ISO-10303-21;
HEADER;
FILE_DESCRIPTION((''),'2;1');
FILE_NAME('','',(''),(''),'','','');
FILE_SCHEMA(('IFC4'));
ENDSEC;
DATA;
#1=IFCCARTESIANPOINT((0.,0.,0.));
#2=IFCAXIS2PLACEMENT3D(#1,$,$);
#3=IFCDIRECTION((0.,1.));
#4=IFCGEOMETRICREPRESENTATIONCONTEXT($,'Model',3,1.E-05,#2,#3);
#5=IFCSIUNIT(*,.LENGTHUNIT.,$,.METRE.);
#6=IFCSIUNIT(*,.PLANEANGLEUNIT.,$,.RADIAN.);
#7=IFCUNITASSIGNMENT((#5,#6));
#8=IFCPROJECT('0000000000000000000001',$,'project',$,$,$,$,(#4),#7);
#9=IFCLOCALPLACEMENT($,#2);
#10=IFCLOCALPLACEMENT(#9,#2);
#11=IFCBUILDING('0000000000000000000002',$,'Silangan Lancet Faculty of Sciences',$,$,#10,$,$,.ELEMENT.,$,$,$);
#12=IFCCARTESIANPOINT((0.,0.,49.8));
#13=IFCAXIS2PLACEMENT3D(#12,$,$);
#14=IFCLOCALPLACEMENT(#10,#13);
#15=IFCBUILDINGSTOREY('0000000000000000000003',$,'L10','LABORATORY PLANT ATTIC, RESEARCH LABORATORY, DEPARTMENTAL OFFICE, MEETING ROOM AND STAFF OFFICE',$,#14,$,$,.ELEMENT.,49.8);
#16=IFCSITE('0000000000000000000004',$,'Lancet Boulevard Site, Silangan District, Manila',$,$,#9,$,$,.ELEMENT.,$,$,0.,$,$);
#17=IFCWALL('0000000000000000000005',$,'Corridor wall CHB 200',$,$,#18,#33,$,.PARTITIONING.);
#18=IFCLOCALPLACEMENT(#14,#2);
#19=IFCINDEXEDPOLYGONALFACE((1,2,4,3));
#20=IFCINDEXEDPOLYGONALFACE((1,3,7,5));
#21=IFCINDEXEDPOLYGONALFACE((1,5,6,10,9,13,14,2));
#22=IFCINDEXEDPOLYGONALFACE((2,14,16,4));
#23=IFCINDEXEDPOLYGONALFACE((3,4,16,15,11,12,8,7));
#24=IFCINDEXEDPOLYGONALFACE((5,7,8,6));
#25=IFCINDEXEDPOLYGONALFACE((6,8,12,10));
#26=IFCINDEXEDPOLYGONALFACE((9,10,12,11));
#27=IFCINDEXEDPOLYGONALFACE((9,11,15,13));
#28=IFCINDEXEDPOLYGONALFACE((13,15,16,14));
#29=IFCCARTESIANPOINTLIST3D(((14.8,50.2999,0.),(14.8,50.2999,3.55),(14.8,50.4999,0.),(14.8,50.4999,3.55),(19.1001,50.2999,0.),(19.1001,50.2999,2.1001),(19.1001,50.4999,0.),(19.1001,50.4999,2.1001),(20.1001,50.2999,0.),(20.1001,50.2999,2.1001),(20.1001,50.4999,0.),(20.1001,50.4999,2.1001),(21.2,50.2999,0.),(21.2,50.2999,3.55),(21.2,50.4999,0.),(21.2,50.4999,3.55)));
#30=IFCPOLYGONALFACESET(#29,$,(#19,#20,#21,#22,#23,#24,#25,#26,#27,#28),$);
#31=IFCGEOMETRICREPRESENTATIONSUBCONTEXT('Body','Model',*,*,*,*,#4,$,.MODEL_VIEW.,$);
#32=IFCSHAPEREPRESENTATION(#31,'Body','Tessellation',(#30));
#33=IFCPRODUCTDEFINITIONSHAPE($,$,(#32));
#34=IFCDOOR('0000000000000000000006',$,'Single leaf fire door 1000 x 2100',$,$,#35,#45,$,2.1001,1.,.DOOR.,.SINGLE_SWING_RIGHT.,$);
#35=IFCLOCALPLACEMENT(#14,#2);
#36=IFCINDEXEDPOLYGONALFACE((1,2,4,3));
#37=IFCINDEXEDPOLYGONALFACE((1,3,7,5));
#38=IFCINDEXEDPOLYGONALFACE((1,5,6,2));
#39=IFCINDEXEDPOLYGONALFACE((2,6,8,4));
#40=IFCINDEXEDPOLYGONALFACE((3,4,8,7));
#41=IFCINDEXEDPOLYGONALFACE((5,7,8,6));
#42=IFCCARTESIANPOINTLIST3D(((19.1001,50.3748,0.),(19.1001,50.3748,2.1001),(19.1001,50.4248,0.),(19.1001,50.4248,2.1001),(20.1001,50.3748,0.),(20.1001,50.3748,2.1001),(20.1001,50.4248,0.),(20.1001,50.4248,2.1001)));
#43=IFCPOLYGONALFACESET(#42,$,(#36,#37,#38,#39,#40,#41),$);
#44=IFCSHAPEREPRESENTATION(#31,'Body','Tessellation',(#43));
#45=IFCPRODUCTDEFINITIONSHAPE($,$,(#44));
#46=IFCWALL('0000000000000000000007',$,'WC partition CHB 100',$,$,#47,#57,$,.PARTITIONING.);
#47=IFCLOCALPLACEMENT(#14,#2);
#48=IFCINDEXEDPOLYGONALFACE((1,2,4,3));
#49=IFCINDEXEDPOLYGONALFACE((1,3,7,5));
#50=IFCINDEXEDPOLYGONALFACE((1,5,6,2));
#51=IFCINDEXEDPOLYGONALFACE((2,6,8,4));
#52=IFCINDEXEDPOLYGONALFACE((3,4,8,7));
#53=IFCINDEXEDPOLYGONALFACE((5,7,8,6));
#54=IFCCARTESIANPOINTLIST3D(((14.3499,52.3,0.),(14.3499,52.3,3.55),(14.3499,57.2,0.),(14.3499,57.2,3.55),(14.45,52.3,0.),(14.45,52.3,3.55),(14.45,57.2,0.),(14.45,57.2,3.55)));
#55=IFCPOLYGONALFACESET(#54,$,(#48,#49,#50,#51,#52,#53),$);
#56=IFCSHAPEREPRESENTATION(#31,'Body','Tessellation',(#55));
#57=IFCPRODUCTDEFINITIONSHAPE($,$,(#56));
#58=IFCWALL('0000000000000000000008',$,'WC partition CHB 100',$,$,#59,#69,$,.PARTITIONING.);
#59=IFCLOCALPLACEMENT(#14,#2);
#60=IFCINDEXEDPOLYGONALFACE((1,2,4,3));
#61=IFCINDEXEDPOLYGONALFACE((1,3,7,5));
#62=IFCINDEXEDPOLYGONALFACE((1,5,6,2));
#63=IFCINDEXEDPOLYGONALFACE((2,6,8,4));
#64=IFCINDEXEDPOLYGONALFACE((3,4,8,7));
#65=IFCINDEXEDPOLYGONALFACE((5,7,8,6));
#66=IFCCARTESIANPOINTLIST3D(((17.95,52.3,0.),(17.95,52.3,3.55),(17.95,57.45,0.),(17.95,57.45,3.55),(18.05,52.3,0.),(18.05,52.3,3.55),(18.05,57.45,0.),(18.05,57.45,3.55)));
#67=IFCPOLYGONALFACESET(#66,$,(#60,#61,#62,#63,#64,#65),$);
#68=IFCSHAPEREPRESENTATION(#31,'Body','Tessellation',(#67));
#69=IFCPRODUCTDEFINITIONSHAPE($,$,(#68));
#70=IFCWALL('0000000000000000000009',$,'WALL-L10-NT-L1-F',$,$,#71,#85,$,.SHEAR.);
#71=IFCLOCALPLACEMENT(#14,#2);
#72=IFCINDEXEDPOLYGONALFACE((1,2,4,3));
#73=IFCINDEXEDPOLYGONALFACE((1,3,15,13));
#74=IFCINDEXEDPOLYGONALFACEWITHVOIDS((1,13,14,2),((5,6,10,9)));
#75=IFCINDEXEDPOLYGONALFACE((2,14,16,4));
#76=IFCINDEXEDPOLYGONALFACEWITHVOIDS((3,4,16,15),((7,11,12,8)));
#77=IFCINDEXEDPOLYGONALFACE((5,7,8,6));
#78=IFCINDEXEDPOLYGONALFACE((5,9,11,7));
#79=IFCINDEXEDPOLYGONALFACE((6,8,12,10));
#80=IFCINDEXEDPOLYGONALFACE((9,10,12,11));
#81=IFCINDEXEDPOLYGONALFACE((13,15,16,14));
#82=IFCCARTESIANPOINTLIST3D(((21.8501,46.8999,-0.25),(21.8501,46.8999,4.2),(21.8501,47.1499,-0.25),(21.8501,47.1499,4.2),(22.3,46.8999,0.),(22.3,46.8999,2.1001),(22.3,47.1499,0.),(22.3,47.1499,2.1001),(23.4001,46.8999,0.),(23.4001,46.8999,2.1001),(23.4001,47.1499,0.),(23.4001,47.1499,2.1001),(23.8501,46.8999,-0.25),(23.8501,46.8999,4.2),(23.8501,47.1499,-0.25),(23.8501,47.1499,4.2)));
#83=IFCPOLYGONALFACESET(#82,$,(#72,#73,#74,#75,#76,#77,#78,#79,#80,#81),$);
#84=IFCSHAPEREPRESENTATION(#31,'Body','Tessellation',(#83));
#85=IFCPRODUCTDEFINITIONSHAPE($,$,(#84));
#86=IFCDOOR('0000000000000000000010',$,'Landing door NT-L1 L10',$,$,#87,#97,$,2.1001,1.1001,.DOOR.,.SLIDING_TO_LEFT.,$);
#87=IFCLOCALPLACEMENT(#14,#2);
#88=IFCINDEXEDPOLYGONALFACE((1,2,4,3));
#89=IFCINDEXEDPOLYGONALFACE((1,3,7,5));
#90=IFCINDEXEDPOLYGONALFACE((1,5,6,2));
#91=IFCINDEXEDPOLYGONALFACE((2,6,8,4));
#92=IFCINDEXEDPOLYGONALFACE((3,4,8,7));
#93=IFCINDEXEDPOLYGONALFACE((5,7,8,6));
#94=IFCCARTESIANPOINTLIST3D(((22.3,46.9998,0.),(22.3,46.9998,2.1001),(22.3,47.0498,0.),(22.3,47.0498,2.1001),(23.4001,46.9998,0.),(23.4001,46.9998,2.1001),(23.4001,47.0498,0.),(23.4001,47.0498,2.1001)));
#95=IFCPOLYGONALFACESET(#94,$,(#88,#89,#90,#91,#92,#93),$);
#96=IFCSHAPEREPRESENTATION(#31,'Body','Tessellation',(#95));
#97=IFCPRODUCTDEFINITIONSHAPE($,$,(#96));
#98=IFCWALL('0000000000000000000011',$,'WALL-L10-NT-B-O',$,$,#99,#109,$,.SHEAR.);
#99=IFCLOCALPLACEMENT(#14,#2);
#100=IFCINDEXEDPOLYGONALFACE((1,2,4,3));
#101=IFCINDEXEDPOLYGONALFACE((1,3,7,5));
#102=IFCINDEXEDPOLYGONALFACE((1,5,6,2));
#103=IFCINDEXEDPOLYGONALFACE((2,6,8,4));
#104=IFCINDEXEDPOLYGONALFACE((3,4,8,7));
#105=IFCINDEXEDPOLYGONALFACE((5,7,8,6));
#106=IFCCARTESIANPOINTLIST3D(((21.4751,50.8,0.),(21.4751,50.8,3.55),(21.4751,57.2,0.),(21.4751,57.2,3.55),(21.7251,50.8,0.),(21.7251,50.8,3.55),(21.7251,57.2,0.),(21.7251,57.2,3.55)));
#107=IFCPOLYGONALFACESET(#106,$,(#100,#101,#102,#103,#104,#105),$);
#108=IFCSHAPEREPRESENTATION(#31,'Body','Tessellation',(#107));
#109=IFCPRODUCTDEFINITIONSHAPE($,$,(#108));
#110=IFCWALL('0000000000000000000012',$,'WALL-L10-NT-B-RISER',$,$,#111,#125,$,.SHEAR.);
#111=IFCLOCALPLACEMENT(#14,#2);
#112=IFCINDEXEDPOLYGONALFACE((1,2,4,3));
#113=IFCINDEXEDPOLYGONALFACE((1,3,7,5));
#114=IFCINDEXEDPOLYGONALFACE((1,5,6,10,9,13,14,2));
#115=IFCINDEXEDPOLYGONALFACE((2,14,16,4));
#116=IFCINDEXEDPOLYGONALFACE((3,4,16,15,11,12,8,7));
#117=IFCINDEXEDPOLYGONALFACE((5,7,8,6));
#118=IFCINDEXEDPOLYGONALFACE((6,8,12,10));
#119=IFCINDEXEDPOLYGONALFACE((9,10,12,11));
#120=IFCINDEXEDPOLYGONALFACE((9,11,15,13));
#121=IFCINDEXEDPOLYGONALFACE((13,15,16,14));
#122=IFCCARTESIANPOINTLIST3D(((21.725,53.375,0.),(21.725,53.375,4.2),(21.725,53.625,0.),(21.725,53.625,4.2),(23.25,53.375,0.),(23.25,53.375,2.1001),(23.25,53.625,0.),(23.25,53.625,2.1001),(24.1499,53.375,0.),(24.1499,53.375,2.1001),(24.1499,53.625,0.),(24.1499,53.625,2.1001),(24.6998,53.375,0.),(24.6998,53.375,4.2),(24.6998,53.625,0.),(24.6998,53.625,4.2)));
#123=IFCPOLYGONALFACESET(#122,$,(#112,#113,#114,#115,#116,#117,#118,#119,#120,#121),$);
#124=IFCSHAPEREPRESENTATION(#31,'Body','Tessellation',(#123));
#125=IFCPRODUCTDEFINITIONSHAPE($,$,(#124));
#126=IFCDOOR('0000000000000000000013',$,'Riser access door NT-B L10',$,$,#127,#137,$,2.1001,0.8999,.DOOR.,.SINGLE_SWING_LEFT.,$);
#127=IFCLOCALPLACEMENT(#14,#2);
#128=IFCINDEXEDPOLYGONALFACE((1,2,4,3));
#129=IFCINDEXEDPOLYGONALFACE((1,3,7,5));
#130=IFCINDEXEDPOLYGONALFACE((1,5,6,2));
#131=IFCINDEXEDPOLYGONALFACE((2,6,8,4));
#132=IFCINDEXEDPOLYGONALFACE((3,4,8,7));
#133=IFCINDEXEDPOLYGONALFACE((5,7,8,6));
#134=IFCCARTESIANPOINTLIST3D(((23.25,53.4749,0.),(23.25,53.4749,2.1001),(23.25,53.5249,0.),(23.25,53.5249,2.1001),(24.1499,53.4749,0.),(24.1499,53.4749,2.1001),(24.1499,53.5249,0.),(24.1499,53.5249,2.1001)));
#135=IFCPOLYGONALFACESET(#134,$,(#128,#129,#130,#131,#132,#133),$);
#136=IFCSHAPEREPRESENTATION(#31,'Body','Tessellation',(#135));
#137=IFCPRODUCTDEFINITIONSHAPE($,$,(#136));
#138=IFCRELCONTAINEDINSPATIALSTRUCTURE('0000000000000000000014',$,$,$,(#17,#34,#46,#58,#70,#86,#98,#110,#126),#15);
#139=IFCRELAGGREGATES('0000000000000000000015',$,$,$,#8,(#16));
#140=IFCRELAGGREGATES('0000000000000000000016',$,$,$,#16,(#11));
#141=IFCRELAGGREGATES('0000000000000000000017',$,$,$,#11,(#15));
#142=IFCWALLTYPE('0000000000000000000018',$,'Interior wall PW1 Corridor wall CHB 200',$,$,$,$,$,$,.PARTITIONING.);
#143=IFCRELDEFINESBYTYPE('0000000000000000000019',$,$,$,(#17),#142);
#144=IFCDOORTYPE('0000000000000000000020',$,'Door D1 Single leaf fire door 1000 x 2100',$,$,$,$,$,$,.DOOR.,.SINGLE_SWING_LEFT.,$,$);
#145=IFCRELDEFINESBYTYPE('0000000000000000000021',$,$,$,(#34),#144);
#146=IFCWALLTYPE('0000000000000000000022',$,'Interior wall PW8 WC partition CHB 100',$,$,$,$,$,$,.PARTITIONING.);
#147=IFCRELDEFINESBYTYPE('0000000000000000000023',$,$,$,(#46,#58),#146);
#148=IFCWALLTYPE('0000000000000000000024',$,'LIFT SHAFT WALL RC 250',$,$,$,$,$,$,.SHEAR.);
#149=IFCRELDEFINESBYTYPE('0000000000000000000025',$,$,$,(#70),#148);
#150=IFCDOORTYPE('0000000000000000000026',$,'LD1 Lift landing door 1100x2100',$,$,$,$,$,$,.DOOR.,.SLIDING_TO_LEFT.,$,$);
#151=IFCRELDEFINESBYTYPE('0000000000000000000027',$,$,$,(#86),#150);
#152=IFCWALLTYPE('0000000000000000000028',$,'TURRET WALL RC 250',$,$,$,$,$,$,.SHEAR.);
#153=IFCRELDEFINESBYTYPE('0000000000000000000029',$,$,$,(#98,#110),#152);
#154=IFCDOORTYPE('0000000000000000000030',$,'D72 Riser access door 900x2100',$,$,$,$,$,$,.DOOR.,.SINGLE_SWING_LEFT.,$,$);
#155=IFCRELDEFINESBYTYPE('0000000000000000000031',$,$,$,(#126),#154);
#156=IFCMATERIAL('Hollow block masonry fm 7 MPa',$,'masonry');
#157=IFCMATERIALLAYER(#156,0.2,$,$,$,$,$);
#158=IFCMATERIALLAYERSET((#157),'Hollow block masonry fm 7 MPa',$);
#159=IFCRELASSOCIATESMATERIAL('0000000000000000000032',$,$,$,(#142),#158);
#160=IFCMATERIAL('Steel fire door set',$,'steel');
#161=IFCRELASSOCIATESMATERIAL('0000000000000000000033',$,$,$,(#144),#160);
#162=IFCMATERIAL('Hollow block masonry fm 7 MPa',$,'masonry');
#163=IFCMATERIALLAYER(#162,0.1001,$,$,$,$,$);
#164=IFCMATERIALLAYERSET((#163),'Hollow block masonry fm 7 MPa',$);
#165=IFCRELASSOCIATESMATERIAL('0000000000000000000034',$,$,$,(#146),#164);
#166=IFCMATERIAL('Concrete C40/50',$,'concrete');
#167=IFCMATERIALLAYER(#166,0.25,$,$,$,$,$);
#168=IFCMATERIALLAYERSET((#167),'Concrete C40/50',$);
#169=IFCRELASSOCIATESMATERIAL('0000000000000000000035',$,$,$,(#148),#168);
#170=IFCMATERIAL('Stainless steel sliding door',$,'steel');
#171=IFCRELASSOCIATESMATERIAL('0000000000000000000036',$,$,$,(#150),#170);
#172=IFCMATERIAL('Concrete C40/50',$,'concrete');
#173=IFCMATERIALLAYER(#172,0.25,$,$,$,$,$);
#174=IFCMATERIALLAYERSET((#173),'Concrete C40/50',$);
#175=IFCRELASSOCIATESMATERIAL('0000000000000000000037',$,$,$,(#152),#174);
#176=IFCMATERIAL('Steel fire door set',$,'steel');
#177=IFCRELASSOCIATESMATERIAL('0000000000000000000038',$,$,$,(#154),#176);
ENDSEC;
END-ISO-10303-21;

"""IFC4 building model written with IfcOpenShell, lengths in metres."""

from ifc_helpers import new_model, si_unit, direction, frame, frame_2d, origin, place, context, subcontext, project, spatial, rectangle, extrude, material, layer, layer_set, type_object, element, fill, save


model = new_model("IFC4")

# Units and contexts
model_context = context("Model", 3, precision=1e-05, world=origin(), true_north=direction((0.0, 1.0)))
body_context = subcontext(model_context, "Body", "Model", "MODEL_VIEW")
ifc_project = project(units=[si_unit("LENGTHUNIT", "METRE"), si_unit("PLANEANGLEUNIT", "RADIAN")], contexts=[model_context])

# Site, building, storey
site_placement = place(None, origin())
site = spatial("IfcSite", under=ifc_project, at=site_placement, Name="Lancet Boulevard Site, Silangan District, Manila", CompositionType="ELEMENT", RefElevation=0.0)
building_placement = place(site_placement, origin())
building = spatial("IfcBuilding", under=site, at=building_placement, Name="Silangan Lancet Faculty of Sciences", CompositionType="ELEMENT")
storey_placement = place(building_placement, frame((0.0, 0.0, 49.8)))
storey = spatial("IfcBuildingStorey", under=building, at=storey_placement, Name="L10", Description="LABORATORY PLANT ATTIC, RESEARCH LABORATORY, DEPARTMENTAL OFFICE, MEETING ROOM AND STAFF OFFICE", CompositionType="ELEMENT", Elevation=49.8)

# Wall, opening, door
ifc_material_1 = material(Name="Hollow block masonry fm 7 MPa", Category="masonry")
ifc_layer_1 = layer(ifc_material_1, 0.2)
ifc_layer_set_1 = layer_set([ifc_layer_1], Name="Hollow block masonry fm 7 MPa")
wall_type_1 = type_object("IfcWallType", Name="Interior wall PW1 Corridor wall CHB 200", PredefinedType="PARTITIONING", material=ifc_layer_set_1)
wall_1_placement = place(storey_placement, frame((14.8, 50.3999, 0.0), z_axis=(0.0, 0.0, 1.0), x_axis=(1.0, 0.0, 0.0)))
wall_1 = element("IfcWall", 1, at=wall_1_placement, inside=storey, type_object=wall_type_1, Name="Corridor wall CHB 200", PredefinedType="PARTITIONING", context=body_context, shape_type="SweptSolid", body=[
    extrude(rectangle(XDim=6.3999, YDim=0.2, at=frame_2d((3.2, 0.0))), origin(), (0.0, 0.0, 1.0), 3.55),
])
opening_1_placement = place(wall_1_placement, frame((4.3, 0.0, 0.0)))
opening_1 = element("IfcOpeningElement", 2, at=opening_1_placement, cuts=wall_1, PredefinedType="OPENING", context=body_context, shape_type="SweptSolid", body=[
    extrude(rectangle(XDim=1.0, YDim=2.1001, at=frame_2d((0.5, 1.05))), frame((0.0, 0.1099, 0.0), z_axis=(0.0, -1.0, 0.0), x_axis=(1.0, 0.0, 0.0)), (0.0, 0.0, 1.0), 0.22),
])
ifc_material_2 = material(Name="Steel fire door set", Category="steel")
door_type_1 = type_object("IfcDoorType", Name="Door D1 Single leaf fire door 1000 x 2100", OperationType="SINGLE_SWING_LEFT", PredefinedType="DOOR", material=ifc_material_2)
door_1_placement = place(opening_1_placement, origin())
door_1 = element("IfcDoor", 3, at=door_1_placement, inside=storey, type_object=door_type_1, Name="Single leaf fire door 1000 x 2100", OperationType="SINGLE_SWING_RIGHT", OverallHeight=2.1001, OverallWidth=1.0, PredefinedType="DOOR", context=body_context, shape_type="SweptSolid", body=[
    extrude(rectangle(XDim=1.0, YDim=2.1001, at=frame_2d((0.5, 1.05))), frame((0.0, 0.0249, 0.0), z_axis=(0.0, -1.0, 0.0), x_axis=(1.0, 0.0, 0.0)), (0.0, 0.0, 1.0), 0.05),
])
fill(opening_1, door_1)

# Walls
ifc_material_3 = material(Name="Hollow block masonry fm 7 MPa", Category="masonry")
ifc_layer_2 = layer(ifc_material_3, 0.1001)
ifc_layer_set_2 = layer_set([ifc_layer_2], Name="Hollow block masonry fm 7 MPa")
wall_type_2 = type_object("IfcWallType", Name="Interior wall PW8 WC partition CHB 100", PredefinedType="PARTITIONING", material=ifc_layer_set_2)
wall_2_placement = place(storey_placement, frame((14.3999, 52.3, 0.0), z_axis=(0.0, 0.0, 1.0), x_axis=(0.0, 1.0, 0.0)))
element("IfcWall", 4, at=wall_2_placement, inside=storey, type_object=wall_type_2, Name="WC partition CHB 100", PredefinedType="PARTITIONING", context=body_context, shape_type="SweptSolid", body=[
    extrude(rectangle(XDim=4.8999, YDim=0.1001, at=frame_2d((2.45, 0.0))), origin(), (0.0, 0.0, 1.0), 3.55),
])
wall_3_placement = place(storey_placement, frame((18.0, 52.3, 0.0), z_axis=(0.0, 0.0, 1.0), x_axis=(0.0, 1.0, 0.0)))
element("IfcWall", 5, at=wall_3_placement, inside=storey, type_object=wall_type_2, Name="WC partition CHB 100", PredefinedType="PARTITIONING", context=body_context, shape_type="SweptSolid", body=[
    extrude(rectangle(XDim=5.1499, YDim=0.1001, at=frame_2d((2.575, 0.0))), origin(), (0.0, 0.0, 1.0), 3.55),
])

# Wall, opening, door
ifc_material_4 = material(Name="Concrete C40/50", Category="concrete")
ifc_layer_3 = layer(ifc_material_4, 0.25)
ifc_layer_set_3 = layer_set([ifc_layer_3], Name="Concrete C40/50")
wall_type_3 = type_object("IfcWallType", Name="LIFT SHAFT WALL RC 250", PredefinedType="SHEAR", material=ifc_layer_set_3)
wall_4_placement = place(storey_placement, frame((21.8501, 47.0249, -0.25), z_axis=(0.0, 0.0, 1.0), x_axis=(1.0, 0.0, 0.0)))
wall_4 = element("IfcWall", 6, at=wall_4_placement, inside=storey, type_object=wall_type_3, Name="WALL-L10-NT-L1-F", PredefinedType="SHEAR", context=body_context, shape_type="SweptSolid", body=[
    extrude(rectangle(XDim=2.0, YDim=0.25, at=frame_2d((1.0, 0.0))), origin(), (0.0, 0.0, 1.0), 4.45),
])
opening_2_placement = place(wall_4_placement, frame((0.45, 0.0, 0.25)))
opening_2 = element("IfcOpeningElement", 7, at=opening_2_placement, cuts=wall_4, PredefinedType="OPENING", context=body_context, shape_type="SweptSolid", body=[
    extrude(rectangle(XDim=1.1001, YDim=2.1001, at=frame_2d((0.55, 1.05))), frame((0.0, 0.135, 0.0), z_axis=(0.0, -1.0, 0.0), x_axis=(1.0, 0.0, 0.0)), (0.0, 0.0, 1.0), 0.27),
])
ifc_material_5 = material(Name="Stainless steel sliding door", Category="steel")
door_type_2 = type_object("IfcDoorType", Name="LD1 Lift landing door 1100x2100", OperationType="SLIDING_TO_LEFT", PredefinedType="DOOR", material=ifc_material_5)
door_2_placement = place(opening_2_placement, origin())
door_2 = element("IfcDoor", 8, at=door_2_placement, inside=storey, type_object=door_type_2, Name="Landing door NT-L1 L10", OperationType="SLIDING_TO_LEFT", OverallHeight=2.1001, OverallWidth=1.1001, PredefinedType="DOOR", context=body_context, shape_type="SweptSolid", body=[
    extrude(rectangle(XDim=1.1001, YDim=2.1001, at=frame_2d((0.55, 1.05))), frame((0.0, 0.0249, 0.0), z_axis=(0.0, -1.0, 0.0), x_axis=(1.0, 0.0, 0.0)), (0.0, 0.0, 1.0), 0.05),
])
fill(opening_2, door_2)

# Wall
ifc_material_6 = material(Name="Concrete C40/50", Category="concrete")
ifc_layer_4 = layer(ifc_material_6, 0.25)
ifc_layer_set_4 = layer_set([ifc_layer_4], Name="Concrete C40/50")
wall_type_4 = type_object("IfcWallType", Name="TURRET WALL RC 250", PredefinedType="SHEAR", material=ifc_layer_set_4)
wall_5_placement = place(storey_placement, frame((21.6001, 50.8, 0.0), z_axis=(0.0, 0.0, 1.0), x_axis=(0.0, 1.0, 0.0)))
element("IfcWall", 9, at=wall_5_placement, inside=storey, type_object=wall_type_4, Name="WALL-L10-NT-B-O", PredefinedType="SHEAR", context=body_context, shape_type="SweptSolid", body=[
    extrude(rectangle(XDim=6.3999, YDim=0.25, at=frame_2d((3.2, 0.0))), origin(), (0.0, 0.0, 1.0), 3.55),
])

# Wall, opening, door
wall_6_placement = place(storey_placement, frame((21.7251, 53.5, 0.0), z_axis=(0.0, 0.0, 1.0), x_axis=(1.0, 0.0, 0.0)))
wall_6 = element("IfcWall", 10, at=wall_6_placement, inside=storey, type_object=wall_type_4, Name="WALL-L10-NT-B-RISER", PredefinedType="SHEAR", context=body_context, shape_type="SweptSolid", body=[
    extrude(rectangle(XDim=2.9749, YDim=0.25, at=frame_2d((1.4873, 0.0))), origin(), (0.0, 0.0, 1.0), 4.2),
])
opening_3_placement = place(wall_6_placement, frame((1.5249, 0.0, 0.0)))
opening_3 = element("IfcOpeningElement", 11, at=opening_3_placement, cuts=wall_6, PredefinedType="OPENING", context=body_context, shape_type="SweptSolid", body=[
    extrude(rectangle(XDim=0.8999, YDim=2.1001, at=frame_2d((0.45, 1.05))), frame((0.0, 0.135, 0.0), z_axis=(0.0, -1.0, 0.0), x_axis=(1.0, 0.0, 0.0)), (0.0, 0.0, 1.0), 0.27),
])
ifc_material_7 = material(Name="Steel fire door set", Category="steel")
door_type_3 = type_object("IfcDoorType", Name="D72 Riser access door 900x2100", OperationType="SINGLE_SWING_LEFT", PredefinedType="DOOR", material=ifc_material_7)
door_3_placement = place(opening_3_placement, origin())
door_3 = element("IfcDoor", 12, at=door_3_placement, inside=storey, type_object=door_type_3, Name="Riser access door NT-B L10", OperationType="SINGLE_SWING_LEFT", OverallHeight=2.1001, OverallWidth=0.8999, PredefinedType="DOOR", context=body_context, shape_type="SweptSolid", body=[
    extrude(rectangle(XDim=0.8999, YDim=2.1001, at=frame_2d((0.45, 1.05))), frame((0.0, 0.0249, 0.0), z_axis=(0.0, -1.0, 0.0), x_axis=(1.0, 0.0, 0.0)), (0.0, 0.0, 1.0), 0.05),
])
fill(opening_3, door_3)

save(model, "model.ifc")
